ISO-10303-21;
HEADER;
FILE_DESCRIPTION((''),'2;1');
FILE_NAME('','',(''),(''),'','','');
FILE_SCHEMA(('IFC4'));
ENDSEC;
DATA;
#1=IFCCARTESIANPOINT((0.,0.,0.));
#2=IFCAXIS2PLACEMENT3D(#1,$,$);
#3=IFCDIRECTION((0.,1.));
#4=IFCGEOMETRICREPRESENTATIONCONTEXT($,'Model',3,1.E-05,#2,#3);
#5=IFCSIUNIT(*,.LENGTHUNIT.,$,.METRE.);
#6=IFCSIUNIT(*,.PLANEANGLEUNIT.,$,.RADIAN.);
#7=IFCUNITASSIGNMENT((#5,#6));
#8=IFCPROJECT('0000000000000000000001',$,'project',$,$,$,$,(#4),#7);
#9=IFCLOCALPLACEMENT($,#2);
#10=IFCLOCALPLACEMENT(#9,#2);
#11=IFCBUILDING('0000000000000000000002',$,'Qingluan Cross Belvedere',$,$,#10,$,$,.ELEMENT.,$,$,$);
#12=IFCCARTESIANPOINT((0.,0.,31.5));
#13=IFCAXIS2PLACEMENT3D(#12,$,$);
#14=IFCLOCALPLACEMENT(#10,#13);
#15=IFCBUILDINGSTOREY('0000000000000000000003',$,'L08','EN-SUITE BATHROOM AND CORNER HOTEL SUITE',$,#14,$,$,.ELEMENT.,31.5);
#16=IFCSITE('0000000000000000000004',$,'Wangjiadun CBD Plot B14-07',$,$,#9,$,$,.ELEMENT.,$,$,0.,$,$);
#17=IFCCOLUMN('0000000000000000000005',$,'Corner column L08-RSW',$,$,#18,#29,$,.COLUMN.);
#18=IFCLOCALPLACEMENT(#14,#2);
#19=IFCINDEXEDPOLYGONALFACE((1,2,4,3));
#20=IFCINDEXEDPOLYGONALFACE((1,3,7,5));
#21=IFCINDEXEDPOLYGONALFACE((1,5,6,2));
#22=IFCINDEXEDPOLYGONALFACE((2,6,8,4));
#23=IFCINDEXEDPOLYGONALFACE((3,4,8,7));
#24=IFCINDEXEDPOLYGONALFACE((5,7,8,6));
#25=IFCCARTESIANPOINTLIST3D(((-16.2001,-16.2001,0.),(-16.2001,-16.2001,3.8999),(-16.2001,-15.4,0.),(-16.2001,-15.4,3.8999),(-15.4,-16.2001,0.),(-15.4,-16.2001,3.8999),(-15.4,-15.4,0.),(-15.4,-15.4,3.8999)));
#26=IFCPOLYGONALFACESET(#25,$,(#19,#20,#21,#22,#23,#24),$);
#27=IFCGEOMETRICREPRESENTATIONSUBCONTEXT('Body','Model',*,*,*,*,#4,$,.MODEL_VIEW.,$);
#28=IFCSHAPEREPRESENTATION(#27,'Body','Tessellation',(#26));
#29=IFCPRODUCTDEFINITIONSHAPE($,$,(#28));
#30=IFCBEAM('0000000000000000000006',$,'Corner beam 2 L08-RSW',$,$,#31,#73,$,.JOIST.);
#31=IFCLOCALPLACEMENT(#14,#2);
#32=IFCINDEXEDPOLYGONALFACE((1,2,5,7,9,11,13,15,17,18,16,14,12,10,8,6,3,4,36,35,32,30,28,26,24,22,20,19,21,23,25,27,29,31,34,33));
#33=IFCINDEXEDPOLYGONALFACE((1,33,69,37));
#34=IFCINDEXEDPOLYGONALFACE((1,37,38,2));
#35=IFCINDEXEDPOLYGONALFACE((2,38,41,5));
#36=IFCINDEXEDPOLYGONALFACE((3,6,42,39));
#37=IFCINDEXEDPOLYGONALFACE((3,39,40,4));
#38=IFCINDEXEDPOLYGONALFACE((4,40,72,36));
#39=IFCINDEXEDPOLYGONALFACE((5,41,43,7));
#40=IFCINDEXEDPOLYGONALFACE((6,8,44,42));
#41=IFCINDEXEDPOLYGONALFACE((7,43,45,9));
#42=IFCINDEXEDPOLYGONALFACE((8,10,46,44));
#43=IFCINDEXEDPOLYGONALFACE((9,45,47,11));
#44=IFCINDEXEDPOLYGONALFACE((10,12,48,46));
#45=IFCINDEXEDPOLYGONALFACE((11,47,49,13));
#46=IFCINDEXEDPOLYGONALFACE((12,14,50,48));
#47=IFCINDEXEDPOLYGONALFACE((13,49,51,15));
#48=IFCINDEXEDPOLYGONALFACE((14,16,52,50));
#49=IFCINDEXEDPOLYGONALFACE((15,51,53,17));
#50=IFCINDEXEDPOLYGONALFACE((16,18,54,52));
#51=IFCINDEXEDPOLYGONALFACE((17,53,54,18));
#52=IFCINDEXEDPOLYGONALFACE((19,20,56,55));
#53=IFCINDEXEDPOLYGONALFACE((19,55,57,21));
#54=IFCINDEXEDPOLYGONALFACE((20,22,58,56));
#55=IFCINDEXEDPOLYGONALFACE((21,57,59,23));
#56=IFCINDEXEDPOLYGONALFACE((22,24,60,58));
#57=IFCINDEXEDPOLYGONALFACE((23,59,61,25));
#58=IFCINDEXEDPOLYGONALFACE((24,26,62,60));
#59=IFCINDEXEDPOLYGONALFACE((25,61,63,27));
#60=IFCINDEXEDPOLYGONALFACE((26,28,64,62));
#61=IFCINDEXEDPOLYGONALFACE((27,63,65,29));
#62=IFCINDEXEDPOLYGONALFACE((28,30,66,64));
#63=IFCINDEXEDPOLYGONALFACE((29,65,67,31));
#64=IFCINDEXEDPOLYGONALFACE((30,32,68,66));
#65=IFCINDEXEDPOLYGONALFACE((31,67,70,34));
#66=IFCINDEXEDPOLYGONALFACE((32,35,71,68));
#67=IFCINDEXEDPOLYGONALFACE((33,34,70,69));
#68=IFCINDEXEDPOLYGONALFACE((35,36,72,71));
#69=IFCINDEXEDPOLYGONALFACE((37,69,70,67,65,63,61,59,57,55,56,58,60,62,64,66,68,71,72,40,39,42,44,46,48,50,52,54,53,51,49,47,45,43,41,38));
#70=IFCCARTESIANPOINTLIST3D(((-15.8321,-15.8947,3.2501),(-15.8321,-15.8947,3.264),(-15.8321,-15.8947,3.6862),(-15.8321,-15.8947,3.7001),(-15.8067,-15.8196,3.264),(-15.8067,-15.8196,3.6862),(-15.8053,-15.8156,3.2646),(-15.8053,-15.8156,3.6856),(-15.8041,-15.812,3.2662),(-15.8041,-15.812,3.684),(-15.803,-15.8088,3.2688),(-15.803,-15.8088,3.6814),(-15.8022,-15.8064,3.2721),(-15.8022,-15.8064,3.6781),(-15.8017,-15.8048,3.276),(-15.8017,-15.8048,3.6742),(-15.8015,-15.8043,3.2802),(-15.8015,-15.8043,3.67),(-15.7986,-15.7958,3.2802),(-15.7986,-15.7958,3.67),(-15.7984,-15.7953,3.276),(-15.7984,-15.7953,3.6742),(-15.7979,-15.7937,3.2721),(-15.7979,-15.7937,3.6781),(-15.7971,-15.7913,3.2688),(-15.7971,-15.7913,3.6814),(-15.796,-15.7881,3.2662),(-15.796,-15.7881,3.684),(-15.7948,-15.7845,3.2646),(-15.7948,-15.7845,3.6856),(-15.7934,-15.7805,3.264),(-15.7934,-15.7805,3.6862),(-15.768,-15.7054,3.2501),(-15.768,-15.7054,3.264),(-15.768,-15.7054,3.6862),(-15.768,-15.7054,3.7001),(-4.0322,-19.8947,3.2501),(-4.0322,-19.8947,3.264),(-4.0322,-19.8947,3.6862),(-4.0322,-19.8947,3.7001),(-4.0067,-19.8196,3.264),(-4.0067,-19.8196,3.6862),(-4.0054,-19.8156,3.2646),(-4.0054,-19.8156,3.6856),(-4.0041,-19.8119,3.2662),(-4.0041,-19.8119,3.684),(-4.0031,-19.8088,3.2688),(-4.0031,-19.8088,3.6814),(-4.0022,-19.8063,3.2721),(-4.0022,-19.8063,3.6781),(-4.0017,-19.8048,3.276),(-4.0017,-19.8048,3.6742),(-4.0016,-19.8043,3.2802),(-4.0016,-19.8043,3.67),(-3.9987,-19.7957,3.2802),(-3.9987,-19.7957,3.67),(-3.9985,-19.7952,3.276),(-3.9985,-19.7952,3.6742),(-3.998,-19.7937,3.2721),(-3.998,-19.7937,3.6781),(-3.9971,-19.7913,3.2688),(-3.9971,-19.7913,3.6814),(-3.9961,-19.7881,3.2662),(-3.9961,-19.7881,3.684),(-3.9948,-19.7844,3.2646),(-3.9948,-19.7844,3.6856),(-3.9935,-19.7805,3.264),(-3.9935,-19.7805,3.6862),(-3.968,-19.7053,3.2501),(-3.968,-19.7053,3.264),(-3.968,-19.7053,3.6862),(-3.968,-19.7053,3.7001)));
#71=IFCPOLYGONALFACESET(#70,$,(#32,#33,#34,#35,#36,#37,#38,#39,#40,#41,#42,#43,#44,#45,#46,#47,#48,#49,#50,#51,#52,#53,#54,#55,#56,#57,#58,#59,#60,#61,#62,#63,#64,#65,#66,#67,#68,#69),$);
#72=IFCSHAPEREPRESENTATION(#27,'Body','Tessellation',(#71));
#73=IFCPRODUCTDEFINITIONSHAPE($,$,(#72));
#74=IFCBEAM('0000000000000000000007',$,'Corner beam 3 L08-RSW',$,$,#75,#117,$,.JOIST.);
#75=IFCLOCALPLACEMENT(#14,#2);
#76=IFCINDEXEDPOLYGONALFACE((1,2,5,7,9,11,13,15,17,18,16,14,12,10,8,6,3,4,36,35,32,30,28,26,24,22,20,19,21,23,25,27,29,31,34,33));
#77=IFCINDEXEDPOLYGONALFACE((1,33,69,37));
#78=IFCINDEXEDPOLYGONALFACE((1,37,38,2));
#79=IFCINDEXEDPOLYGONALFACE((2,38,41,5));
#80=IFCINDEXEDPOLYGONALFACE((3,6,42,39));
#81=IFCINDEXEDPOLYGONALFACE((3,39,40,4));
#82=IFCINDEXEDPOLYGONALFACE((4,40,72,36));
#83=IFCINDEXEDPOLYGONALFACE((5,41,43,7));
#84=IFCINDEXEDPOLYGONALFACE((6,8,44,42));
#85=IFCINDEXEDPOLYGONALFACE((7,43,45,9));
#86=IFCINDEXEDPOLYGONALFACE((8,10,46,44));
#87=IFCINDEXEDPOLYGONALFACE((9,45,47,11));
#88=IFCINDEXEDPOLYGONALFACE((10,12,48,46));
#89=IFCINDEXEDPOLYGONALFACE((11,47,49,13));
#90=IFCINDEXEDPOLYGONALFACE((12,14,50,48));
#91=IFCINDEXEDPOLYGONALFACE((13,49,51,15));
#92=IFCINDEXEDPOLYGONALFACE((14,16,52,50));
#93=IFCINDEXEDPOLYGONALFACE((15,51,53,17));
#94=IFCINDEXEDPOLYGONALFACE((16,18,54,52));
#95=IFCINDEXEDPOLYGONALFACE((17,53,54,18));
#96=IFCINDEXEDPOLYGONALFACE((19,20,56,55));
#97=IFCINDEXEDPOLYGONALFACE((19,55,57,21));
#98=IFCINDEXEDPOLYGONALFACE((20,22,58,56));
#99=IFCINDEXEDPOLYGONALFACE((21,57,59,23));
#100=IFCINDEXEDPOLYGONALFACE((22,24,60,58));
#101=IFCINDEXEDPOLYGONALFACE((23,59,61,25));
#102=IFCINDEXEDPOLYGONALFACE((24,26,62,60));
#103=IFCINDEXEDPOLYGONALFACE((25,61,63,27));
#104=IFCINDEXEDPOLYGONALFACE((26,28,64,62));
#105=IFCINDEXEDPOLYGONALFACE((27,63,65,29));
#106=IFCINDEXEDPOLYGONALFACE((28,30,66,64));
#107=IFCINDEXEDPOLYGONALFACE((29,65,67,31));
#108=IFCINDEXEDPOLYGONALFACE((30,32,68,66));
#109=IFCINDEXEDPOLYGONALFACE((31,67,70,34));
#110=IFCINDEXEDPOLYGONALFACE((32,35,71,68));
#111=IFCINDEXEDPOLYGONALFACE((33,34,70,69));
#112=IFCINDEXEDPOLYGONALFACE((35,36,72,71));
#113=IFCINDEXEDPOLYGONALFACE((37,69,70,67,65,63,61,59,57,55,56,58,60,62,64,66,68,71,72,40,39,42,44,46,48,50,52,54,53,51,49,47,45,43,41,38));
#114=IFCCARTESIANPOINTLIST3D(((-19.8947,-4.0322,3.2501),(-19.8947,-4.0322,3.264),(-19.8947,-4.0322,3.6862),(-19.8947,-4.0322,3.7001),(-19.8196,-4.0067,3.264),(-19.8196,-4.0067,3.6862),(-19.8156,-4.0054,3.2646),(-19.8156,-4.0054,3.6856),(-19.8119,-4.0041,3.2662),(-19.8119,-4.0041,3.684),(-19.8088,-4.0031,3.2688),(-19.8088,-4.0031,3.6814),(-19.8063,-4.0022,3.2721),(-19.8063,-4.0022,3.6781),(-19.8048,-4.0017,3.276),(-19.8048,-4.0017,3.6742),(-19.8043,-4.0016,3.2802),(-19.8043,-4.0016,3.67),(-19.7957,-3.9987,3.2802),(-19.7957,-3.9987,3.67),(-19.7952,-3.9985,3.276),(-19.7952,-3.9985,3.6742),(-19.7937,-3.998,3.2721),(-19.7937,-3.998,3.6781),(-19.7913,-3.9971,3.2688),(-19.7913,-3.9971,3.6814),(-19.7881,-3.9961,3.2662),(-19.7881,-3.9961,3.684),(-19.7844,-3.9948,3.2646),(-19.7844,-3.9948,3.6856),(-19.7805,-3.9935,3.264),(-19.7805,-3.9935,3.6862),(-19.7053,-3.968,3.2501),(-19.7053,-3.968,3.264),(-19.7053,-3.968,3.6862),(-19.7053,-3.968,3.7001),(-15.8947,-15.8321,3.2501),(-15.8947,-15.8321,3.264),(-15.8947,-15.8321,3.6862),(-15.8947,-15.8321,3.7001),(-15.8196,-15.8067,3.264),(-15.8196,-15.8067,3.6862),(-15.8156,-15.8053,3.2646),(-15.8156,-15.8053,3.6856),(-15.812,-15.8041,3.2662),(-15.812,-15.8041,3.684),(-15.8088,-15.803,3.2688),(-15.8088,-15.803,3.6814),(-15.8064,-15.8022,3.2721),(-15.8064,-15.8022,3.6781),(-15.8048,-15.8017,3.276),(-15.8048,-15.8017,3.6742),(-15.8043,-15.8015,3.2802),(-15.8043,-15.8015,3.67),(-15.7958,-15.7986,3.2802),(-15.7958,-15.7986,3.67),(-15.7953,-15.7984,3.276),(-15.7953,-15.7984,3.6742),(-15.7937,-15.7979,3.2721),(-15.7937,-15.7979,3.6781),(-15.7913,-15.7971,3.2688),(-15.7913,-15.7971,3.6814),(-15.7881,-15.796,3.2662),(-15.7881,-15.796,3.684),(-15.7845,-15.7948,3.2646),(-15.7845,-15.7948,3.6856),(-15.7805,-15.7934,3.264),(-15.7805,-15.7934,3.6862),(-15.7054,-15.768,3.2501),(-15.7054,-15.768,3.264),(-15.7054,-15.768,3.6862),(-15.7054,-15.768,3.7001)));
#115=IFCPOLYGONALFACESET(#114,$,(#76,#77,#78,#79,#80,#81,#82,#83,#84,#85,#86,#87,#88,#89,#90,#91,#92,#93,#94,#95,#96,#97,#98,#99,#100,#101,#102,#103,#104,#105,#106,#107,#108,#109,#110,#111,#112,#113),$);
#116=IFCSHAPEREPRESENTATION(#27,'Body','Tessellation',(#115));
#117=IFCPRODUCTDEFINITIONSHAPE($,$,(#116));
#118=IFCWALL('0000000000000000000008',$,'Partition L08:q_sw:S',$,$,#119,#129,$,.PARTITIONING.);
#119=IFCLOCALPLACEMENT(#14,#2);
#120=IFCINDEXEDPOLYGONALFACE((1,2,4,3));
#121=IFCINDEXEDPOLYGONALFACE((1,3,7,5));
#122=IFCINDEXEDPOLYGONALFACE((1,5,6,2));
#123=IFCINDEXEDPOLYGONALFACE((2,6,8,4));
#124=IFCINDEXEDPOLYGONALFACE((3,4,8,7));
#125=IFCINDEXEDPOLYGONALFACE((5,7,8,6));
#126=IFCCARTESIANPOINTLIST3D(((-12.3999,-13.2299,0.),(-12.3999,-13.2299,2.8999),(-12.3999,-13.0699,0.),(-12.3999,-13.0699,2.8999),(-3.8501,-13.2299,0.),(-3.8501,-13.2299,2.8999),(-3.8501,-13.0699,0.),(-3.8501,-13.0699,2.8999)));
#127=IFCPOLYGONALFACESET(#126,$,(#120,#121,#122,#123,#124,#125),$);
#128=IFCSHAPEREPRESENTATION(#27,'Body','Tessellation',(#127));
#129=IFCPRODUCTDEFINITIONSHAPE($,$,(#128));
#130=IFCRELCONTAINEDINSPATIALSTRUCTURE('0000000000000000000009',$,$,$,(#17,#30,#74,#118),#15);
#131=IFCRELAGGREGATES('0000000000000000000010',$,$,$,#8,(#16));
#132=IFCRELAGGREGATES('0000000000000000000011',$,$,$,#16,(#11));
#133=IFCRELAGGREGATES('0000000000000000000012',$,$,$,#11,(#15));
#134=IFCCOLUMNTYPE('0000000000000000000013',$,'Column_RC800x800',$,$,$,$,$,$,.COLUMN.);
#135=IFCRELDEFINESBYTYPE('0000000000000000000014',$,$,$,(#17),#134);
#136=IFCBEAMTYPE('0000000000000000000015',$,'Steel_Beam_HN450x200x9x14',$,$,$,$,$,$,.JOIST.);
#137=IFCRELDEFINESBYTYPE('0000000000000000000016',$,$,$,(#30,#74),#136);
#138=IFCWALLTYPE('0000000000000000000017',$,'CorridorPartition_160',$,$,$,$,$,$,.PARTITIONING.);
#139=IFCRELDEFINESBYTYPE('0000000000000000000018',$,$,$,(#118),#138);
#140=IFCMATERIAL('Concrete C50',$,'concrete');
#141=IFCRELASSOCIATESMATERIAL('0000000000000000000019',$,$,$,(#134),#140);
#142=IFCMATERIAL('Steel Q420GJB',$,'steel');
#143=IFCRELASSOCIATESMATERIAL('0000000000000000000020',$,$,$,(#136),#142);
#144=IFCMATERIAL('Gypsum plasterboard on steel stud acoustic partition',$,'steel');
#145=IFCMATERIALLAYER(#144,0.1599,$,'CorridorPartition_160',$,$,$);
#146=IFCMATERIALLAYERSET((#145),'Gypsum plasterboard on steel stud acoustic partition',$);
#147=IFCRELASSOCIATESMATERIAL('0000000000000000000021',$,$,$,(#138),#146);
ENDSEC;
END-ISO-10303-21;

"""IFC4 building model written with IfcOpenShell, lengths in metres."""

from ifc_helpers import new_model, si_unit, direction, frame, frame_2d, origin, origin_2d, place, context, subcontext, project, spatial, rectangle, i_section, extrude, material, layer, layer_set, material_profile, profile_set, type_object, element, save


model = new_model("IFC4")

# Units and contexts
model_context = context("Model", 3, precision=1e-05, world=origin(), true_north=direction((0.0, 1.0)))
body_context = subcontext(model_context, "Body", "Model", "MODEL_VIEW")
ifc_project = project(units=[si_unit("LENGTHUNIT", "METRE"), si_unit("PLANEANGLEUNIT", "RADIAN")], contexts=[model_context])

# Site, building, storey
site_placement = place(None, origin())
site = spatial("IfcSite", under=ifc_project, at=site_placement, Name="Wangjiadun CBD Plot B14-07", CompositionType="ELEMENT", RefElevation=0.0)
building_placement = place(site_placement, origin())
building = spatial("IfcBuilding", under=site, at=building_placement, Name="Qingluan Cross Belvedere", CompositionType="ELEMENT")
storey_placement = place(building_placement, frame((0.0, 0.0, 31.5)))
storey = spatial("IfcBuildingStorey", under=building, at=storey_placement, Name="L08", Description="EN-SUITE BATHROOM AND CORNER HOTEL SUITE", CompositionType="ELEMENT", Elevation=31.5)

# Column
ifc_material_1 = material(Name="Concrete C50", Category="concrete")
ifc_material_profile_1 = material_profile(ifc_material_1, rectangle(XDim=0.8, YDim=0.8, at=origin_2d()), Name="RC800x800")
ifc_profile_set_1 = profile_set([ifc_material_profile_1], Name="Concrete C50")
column_type = type_object("IfcColumnType", Name="Column_RC800x800", PredefinedType="COLUMN", material=ifc_profile_set_1)
column_placement = place(storey_placement, frame((-15.8, -15.8, 0.0), z_axis=(0.0, 0.0, 1.0), x_axis=(1.0, 0.0, 0.0)))
element("IfcColumn", 1, at=column_placement, inside=storey, type_object=column_type, Name="Corner column L08-RSW", PredefinedType="COLUMN", context=body_context, shape_type="SweptSolid", body=[
    extrude(rectangle(XDim=0.8, YDim=0.8, at=origin_2d()), origin(), (0.0, 0.0, 1.0), 3.8999),
])

# Beams
ifc_material_2 = material(Name="Steel Q420GJB", Category="steel")
ifc_material_profile_2 = material_profile(ifc_material_2, i_section(OverallWidth=0.2, OverallDepth=0.45, WebThickness=0.009, FlangeThickness=0.0139, FilletRadius=0.0161, at=origin_2d()), Name="HN450x200x9x14")
ifc_profile_set_2 = profile_set([ifc_material_profile_2], Name="Steel Q420GJB")
beam_type = type_object("IfcBeamType", Name="Steel_Beam_HN450x200x9x14", PredefinedType="JOIST", material=ifc_profile_set_2)
for number, where, z_axis, x_axis, name in (
    (2, (-15.8, -15.8, 3.4751), (0.947066, -0.321038, 0.0), (0.321038, 0.947066, 0.0), "Corner beam 2 L08-RSW"),
    (3, (-15.8, -15.8, 3.4751), (-0.321038, 0.947066, 0.0), (-0.947066, -0.321038, 0.0), "Corner beam 3 L08-RSW"),
):
    element("IfcBeam", number, at=place(storey_placement, frame(where, z_axis=z_axis, x_axis=x_axis)), inside=storey, type_object=beam_type, Name=name, PredefinedType="JOIST", context=body_context, shape_type="SweptSolid", body=[
        extrude(i_section(OverallWidth=0.2, OverallDepth=0.45, WebThickness=0.009, FlangeThickness=0.0139, FilletRadius=0.0161, at=origin_2d()), origin(), (0.0, 0.0, 1.0), 12.4595),
    ])

# Wall
ifc_material_3 = material(Name="Gypsum plasterboard on steel stud acoustic partition", Category="steel")
ifc_layer_1 = layer(ifc_material_3, 0.1599, Name="CorridorPartition_160")
ifc_layer_set_1 = layer_set([ifc_layer_1], Name="Gypsum plasterboard on steel stud acoustic partition")
wall_type_1 = type_object("IfcWallType", Name="CorridorPartition_160", PredefinedType="PARTITIONING", material=ifc_layer_set_1)
wall_1_placement = place(storey_placement, frame((-12.3999, -13.1499, 0.0), z_axis=(0.0, 0.0, 1.0), x_axis=(1.0, 0.0, 0.0)))
element("IfcWall", 4, at=wall_1_placement, inside=storey, type_object=wall_type_1, Name="Partition L08:q_sw:S", PredefinedType="PARTITIONING", context=body_context, shape_type="SweptSolid", body=[
    extrude(rectangle(XDim=8.5498, YDim=0.1599, at=frame_2d((4.2749, 0.0))), origin(), (0.0, 0.0, 1.0), 2.8999),
])

save(model, "model.ifc")
